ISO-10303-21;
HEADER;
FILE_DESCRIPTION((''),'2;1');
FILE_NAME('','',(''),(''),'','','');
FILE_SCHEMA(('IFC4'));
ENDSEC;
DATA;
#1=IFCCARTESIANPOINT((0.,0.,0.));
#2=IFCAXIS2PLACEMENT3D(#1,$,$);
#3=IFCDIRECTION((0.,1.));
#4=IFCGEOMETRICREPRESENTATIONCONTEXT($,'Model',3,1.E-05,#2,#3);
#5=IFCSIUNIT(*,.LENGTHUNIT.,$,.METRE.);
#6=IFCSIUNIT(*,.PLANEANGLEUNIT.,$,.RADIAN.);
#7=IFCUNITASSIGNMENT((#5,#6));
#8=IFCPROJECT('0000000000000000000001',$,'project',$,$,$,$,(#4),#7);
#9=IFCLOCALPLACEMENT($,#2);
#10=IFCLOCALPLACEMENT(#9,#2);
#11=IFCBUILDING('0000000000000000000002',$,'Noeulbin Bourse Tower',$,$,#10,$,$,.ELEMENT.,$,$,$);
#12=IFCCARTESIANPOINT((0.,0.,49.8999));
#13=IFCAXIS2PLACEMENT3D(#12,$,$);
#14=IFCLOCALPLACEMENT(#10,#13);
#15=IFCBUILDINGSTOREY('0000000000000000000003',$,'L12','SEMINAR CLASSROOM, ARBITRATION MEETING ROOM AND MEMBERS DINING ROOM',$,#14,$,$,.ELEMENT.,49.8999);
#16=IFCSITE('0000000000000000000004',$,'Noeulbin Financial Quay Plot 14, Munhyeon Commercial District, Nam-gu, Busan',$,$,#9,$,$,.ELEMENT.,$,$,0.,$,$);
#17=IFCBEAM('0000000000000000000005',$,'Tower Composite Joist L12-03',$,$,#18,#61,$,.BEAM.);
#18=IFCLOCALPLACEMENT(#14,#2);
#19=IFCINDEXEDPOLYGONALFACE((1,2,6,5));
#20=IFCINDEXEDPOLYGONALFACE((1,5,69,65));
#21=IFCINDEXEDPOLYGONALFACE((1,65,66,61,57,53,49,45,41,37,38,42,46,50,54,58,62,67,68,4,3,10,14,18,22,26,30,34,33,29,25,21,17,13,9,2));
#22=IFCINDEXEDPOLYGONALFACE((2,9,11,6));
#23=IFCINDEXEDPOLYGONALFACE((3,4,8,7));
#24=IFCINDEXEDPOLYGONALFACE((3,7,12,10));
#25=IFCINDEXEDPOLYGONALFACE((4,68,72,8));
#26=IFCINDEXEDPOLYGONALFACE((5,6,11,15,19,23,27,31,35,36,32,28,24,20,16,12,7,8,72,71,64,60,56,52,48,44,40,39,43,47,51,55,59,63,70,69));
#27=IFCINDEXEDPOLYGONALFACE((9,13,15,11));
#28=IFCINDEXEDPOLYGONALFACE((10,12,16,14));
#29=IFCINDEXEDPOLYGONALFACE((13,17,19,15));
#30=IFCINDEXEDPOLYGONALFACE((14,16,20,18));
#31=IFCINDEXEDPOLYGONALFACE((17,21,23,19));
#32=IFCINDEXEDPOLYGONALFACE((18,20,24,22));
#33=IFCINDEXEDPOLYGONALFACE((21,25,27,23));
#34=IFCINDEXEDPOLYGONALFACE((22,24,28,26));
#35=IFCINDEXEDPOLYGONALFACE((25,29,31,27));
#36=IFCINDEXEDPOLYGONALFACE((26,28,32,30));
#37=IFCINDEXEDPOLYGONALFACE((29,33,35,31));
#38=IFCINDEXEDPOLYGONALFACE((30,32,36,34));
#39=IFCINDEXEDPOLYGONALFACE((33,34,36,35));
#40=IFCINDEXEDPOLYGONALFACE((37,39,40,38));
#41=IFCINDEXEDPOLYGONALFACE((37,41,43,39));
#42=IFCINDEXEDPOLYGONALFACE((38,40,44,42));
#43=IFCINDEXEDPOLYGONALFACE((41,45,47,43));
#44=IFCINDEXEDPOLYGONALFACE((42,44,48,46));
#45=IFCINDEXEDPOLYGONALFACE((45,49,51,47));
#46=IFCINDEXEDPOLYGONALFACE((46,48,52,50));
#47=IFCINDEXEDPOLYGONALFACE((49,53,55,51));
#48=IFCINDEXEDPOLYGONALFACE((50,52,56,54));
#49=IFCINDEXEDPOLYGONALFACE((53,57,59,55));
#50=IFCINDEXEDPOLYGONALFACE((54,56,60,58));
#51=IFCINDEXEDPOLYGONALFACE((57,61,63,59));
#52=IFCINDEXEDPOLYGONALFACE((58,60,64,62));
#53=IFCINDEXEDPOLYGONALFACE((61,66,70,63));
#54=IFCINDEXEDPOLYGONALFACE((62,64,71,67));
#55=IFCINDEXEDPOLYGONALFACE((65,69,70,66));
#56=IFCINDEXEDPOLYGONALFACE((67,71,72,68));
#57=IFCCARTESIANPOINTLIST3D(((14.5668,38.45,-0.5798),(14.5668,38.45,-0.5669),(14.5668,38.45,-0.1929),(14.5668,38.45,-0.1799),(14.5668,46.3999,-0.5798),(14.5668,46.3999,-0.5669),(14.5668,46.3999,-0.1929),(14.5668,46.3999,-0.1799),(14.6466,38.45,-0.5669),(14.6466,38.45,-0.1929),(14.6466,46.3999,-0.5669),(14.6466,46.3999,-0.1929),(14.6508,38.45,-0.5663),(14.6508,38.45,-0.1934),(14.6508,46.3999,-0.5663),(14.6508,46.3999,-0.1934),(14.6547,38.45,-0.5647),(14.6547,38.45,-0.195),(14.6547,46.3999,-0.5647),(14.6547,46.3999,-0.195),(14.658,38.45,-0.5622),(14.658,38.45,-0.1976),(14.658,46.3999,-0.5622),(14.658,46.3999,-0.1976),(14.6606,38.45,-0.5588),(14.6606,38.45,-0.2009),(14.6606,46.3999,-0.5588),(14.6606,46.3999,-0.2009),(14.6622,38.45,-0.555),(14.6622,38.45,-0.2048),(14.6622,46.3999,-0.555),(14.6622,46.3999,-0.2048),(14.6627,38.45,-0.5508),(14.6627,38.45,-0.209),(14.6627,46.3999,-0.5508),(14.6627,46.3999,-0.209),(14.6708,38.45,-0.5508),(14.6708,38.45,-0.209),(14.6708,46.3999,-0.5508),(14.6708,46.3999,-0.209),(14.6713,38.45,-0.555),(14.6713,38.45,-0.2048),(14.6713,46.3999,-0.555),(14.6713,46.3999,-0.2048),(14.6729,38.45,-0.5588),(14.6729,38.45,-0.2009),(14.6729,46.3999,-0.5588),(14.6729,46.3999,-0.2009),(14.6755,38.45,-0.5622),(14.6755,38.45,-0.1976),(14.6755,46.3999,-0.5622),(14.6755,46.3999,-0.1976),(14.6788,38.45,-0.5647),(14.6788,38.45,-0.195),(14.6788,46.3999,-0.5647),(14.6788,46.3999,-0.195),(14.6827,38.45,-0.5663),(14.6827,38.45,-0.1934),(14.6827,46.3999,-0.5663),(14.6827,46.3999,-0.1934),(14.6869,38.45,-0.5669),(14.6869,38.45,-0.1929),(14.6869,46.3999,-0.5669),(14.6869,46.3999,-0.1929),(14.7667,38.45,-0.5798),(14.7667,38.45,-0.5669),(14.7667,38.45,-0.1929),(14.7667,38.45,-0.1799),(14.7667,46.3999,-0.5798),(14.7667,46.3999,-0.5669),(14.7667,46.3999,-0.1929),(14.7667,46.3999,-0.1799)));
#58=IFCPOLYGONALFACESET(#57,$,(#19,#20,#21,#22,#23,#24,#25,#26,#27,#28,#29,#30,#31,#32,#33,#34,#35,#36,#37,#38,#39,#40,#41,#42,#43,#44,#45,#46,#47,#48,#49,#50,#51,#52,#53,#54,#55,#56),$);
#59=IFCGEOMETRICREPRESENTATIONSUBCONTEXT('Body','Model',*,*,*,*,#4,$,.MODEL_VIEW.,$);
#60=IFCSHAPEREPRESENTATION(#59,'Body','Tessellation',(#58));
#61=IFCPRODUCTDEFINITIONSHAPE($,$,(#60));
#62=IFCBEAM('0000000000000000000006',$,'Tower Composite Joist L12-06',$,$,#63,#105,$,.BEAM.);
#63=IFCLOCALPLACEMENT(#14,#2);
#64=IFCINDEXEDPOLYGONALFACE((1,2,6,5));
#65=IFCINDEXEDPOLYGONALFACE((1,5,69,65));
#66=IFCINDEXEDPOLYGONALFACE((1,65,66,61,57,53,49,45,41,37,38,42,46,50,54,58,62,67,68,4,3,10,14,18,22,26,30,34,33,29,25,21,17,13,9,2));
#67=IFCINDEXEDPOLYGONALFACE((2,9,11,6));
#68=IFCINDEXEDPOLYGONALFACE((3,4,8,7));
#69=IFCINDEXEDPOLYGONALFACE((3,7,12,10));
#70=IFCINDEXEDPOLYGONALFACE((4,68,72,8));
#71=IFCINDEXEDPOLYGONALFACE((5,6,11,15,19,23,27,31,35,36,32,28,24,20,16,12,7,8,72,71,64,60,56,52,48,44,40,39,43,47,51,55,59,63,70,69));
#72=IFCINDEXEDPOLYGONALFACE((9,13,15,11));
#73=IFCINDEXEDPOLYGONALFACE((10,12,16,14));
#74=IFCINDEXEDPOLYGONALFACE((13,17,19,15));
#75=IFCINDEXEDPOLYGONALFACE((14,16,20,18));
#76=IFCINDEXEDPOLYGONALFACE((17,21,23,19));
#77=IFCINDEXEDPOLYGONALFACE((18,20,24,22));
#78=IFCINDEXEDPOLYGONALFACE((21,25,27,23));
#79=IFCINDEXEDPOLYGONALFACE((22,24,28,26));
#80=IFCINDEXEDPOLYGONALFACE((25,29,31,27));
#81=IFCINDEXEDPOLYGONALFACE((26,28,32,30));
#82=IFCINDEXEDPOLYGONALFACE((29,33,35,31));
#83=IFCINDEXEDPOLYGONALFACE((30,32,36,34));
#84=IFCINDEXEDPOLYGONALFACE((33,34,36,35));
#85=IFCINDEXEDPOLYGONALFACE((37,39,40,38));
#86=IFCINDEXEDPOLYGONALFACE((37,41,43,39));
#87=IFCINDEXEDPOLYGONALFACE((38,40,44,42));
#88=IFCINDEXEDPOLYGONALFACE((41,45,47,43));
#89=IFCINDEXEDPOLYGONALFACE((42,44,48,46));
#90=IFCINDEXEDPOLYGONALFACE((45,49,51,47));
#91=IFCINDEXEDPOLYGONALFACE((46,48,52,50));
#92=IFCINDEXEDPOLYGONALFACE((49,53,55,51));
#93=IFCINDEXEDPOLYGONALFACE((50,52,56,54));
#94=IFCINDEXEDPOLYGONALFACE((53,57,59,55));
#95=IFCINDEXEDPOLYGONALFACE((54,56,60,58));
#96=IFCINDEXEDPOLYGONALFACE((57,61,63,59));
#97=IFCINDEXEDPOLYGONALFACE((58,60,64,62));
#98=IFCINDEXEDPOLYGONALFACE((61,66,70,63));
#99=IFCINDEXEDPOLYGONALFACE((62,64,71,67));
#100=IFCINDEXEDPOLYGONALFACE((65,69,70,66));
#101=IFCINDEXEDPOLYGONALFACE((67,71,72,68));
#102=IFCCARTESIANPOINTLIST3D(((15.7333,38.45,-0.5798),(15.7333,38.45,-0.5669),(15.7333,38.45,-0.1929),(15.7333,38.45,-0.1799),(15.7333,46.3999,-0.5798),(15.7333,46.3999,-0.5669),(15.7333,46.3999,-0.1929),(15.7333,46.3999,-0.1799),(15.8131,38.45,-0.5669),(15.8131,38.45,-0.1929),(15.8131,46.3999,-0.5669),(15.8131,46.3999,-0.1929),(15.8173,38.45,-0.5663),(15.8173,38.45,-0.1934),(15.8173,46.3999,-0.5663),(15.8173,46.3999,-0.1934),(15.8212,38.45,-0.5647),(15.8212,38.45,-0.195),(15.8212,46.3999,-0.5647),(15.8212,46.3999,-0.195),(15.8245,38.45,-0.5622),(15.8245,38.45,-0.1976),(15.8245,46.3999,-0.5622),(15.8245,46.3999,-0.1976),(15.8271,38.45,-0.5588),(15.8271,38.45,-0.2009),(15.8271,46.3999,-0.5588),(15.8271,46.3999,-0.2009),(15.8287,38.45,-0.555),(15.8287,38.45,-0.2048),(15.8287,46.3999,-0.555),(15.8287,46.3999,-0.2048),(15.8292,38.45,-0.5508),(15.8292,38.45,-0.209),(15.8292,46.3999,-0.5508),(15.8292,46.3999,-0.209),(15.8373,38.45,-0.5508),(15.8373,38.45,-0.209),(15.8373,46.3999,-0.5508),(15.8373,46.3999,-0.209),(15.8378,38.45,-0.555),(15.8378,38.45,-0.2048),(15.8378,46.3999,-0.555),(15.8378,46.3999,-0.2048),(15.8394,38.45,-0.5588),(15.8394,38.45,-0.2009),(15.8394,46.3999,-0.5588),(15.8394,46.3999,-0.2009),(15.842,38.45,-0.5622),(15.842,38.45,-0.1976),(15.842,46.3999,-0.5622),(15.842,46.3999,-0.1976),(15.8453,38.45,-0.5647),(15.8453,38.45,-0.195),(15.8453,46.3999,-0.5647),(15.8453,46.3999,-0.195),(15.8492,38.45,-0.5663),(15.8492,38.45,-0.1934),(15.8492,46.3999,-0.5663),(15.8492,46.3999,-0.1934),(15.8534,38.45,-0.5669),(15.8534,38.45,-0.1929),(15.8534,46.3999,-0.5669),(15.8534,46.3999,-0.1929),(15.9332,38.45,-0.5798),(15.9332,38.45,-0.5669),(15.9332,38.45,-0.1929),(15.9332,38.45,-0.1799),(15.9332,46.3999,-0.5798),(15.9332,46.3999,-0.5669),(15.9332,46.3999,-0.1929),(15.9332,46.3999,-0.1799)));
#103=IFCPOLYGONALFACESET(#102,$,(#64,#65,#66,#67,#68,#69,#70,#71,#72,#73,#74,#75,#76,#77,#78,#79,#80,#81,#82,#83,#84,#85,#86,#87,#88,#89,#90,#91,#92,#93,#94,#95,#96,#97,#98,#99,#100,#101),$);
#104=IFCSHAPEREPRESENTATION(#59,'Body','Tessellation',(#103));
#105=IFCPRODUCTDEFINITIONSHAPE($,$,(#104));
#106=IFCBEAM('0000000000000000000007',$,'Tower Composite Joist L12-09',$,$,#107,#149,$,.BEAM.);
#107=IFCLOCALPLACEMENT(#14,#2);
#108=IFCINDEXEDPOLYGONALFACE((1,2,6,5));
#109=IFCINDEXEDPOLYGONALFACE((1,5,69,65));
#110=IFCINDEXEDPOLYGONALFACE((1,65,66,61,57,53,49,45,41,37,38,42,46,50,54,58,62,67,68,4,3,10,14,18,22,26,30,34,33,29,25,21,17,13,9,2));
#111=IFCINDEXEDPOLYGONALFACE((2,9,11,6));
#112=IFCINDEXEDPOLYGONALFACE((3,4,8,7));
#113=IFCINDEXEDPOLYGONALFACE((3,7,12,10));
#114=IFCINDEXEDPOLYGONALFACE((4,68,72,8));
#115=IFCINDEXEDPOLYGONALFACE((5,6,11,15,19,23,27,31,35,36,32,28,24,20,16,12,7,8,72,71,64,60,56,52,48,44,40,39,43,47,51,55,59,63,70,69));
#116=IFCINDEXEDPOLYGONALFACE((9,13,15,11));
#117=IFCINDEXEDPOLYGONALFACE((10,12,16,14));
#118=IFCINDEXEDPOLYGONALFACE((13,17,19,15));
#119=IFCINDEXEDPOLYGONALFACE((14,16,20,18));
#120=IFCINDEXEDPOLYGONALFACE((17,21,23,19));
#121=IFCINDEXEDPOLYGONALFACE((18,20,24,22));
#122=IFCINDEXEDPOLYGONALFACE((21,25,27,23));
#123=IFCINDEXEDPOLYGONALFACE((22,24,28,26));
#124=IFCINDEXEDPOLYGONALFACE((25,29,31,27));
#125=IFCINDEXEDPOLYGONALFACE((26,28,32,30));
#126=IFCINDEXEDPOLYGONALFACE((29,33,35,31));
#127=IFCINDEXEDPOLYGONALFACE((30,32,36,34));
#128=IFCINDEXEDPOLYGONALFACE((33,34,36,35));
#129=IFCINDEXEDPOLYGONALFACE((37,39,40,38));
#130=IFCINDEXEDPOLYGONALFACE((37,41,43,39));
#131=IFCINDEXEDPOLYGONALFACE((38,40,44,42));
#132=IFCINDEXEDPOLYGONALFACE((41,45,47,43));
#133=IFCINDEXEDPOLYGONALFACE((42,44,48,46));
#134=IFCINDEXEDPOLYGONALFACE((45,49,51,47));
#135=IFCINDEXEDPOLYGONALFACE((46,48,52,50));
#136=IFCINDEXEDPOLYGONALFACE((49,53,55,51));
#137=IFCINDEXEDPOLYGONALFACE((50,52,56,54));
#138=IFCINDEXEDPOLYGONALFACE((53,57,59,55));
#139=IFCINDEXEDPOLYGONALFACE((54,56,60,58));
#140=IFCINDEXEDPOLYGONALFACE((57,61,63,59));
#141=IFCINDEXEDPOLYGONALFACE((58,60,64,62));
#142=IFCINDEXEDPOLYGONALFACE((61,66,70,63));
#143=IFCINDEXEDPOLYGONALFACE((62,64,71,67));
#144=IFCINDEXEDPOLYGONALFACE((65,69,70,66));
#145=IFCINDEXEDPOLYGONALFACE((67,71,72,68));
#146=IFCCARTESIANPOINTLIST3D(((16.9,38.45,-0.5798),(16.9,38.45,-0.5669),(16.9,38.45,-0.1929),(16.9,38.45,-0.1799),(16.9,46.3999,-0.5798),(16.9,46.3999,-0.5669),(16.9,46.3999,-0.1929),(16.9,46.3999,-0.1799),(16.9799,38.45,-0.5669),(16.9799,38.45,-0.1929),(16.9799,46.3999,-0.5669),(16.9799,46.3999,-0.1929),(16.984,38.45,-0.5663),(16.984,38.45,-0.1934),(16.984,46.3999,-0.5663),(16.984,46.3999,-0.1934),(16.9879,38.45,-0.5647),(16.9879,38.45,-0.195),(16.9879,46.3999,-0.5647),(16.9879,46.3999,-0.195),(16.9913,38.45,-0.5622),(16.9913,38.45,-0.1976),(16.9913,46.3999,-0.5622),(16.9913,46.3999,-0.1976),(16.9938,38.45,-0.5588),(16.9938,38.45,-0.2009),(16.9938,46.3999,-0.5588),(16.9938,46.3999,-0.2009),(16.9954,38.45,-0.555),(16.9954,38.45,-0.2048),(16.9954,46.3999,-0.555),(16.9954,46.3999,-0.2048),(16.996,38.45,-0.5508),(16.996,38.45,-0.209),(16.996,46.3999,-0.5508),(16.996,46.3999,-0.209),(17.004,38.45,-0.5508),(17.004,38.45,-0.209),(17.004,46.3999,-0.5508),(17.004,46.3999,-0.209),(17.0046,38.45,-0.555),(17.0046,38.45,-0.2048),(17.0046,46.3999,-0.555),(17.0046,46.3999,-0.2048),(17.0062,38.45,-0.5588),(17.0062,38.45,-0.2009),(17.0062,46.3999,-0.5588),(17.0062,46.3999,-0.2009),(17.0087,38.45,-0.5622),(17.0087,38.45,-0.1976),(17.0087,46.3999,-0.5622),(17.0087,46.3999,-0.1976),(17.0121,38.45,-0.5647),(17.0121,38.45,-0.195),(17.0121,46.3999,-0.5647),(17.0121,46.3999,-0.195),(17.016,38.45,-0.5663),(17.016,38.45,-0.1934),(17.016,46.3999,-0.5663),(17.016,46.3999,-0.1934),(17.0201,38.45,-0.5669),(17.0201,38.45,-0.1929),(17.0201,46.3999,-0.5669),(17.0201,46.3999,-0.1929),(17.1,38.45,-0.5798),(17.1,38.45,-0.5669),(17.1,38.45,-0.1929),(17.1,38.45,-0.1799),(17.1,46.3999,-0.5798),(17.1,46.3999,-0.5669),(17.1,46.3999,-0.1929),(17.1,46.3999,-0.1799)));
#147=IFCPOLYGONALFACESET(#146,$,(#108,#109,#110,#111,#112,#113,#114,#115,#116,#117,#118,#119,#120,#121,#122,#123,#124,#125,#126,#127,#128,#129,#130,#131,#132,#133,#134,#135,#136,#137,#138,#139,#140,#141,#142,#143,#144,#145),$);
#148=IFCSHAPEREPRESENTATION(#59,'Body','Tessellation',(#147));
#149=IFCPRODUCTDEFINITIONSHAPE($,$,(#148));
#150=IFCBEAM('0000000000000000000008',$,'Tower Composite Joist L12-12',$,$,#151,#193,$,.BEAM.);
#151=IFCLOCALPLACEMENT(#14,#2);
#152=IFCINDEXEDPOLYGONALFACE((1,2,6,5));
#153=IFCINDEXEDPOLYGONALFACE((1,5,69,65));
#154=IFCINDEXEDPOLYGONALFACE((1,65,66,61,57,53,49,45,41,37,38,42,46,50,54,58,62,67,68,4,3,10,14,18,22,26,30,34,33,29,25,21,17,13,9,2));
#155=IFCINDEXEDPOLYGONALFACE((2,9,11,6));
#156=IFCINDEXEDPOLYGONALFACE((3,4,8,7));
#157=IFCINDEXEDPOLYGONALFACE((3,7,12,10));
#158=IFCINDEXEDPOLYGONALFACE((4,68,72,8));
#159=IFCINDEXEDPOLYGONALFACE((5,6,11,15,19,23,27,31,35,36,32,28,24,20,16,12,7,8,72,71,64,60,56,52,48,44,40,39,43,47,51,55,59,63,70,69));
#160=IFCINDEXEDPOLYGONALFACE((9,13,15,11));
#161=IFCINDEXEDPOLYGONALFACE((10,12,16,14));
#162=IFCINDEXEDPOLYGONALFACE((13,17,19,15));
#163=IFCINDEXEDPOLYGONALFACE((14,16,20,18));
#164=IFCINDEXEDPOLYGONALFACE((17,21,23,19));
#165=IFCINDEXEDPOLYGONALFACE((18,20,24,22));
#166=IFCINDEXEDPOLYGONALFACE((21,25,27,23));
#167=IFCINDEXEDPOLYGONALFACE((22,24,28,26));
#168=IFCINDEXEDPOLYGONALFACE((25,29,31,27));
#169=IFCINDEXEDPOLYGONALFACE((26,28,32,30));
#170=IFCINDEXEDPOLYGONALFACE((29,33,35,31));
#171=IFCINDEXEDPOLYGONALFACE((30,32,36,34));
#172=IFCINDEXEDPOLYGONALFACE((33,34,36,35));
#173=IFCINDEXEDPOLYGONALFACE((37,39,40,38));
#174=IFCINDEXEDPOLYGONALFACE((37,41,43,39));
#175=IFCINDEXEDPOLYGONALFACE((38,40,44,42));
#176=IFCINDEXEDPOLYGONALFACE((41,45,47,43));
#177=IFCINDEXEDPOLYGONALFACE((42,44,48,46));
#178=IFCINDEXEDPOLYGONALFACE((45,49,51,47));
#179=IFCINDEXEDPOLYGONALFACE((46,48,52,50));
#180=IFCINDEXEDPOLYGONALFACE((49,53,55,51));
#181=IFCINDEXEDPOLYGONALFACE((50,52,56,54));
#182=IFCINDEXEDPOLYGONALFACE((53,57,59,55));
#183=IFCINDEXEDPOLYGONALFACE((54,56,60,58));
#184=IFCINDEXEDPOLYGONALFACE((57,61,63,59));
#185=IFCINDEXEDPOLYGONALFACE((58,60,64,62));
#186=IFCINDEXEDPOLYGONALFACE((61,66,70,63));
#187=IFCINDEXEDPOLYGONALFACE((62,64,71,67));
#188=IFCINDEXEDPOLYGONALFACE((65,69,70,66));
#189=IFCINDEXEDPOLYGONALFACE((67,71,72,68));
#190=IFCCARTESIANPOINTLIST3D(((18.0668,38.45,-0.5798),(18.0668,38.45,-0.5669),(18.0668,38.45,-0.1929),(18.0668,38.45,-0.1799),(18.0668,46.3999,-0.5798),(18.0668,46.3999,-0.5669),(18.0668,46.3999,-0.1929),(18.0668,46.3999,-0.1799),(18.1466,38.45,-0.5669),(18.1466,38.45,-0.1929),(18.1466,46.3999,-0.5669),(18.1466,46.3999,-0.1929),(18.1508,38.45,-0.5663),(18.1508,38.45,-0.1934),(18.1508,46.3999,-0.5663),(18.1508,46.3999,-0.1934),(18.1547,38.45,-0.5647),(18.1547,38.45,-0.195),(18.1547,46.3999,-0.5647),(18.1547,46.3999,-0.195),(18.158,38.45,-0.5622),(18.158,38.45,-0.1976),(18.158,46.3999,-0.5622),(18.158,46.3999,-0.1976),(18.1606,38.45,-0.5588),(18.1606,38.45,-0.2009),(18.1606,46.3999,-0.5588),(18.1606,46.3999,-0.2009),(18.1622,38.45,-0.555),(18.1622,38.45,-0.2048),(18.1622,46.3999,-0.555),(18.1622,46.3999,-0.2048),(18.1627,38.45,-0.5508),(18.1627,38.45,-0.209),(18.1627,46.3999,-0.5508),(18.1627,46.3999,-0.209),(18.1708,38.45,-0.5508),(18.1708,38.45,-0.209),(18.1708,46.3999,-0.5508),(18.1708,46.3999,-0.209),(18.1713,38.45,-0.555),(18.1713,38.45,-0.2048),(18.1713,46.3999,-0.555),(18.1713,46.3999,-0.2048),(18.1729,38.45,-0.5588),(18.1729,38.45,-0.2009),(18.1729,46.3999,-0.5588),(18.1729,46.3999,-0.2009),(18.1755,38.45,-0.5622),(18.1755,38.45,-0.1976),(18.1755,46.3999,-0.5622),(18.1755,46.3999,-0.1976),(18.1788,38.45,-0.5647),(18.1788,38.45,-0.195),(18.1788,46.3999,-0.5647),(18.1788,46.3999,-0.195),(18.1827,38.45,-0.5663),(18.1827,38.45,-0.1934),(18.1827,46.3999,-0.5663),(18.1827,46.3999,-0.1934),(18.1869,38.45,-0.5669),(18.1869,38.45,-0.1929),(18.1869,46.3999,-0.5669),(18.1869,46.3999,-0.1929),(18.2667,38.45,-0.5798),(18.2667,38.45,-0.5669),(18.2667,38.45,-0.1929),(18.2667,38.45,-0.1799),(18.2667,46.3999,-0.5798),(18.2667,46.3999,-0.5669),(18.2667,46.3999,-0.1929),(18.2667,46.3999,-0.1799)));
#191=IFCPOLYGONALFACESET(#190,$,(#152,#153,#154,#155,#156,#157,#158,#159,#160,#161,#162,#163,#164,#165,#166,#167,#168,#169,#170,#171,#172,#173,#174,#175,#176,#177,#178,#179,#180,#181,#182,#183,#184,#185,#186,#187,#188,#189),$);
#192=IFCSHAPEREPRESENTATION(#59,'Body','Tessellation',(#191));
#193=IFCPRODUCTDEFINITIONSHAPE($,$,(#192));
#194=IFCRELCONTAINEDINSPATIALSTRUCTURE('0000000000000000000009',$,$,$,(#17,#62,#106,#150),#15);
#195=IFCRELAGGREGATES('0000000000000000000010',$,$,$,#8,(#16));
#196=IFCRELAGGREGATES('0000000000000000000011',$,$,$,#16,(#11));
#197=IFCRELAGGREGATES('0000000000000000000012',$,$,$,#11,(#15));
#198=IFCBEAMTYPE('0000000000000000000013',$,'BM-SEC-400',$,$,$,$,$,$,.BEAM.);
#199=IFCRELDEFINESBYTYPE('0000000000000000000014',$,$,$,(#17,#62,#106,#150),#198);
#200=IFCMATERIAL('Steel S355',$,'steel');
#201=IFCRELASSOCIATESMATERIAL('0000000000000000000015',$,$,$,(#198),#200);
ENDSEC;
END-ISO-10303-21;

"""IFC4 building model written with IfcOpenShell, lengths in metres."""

from ifc_helpers import new_model, si_unit, direction, frame, origin, origin_2d, place, context, subcontext, project, spatial, i_section, extrude, material, material_profile, profile_set, type_object, element, save


model = new_model("IFC4")

# Units and contexts
model_context = context("Model", 3, precision=1e-05, world=origin(), true_north=direction((0.0, 1.0)))
body_context = subcontext(model_context, "Body", "Model", "MODEL_VIEW")
ifc_project = project(units=[si_unit("LENGTHUNIT", "METRE"), si_unit("PLANEANGLEUNIT", "RADIAN")], contexts=[model_context])

# Site, building, storey
site_placement = place(None, origin())
site = spatial("IfcSite", under=ifc_project, at=site_placement, Name="Noeulbin Financial Quay Plot 14, Munhyeon Commercial District, Nam-gu, Busan", CompositionType="ELEMENT", RefElevation=0.0)
building_placement = place(site_placement, origin())
building = spatial("IfcBuilding", under=site, at=building_placement, Name="Noeulbin Bourse Tower", CompositionType="ELEMENT")
storey_placement = place(building_placement, frame((0.0, 0.0, 49.8999)))
storey = spatial("IfcBuildingStorey", under=building, at=storey_placement, Name="L12", Description="SEMINAR CLASSROOM, ARBITRATION MEETING ROOM AND MEMBERS DINING ROOM", CompositionType="ELEMENT", Elevation=49.8999)

# Beams
ifc_material_1 = material(Name="Steel S355", Category="steel")
ifc_material_profile_1 = material_profile(ifc_material_1, i_section(OverallWidth=0.2, OverallDepth=0.3999, WebThickness=0.0081, FlangeThickness=0.0129, FilletRadius=0.0161, at=origin_2d()), Name="H-400x200x8x13", Category="LoadBearing")
ifc_profile_set_1 = profile_set([ifc_material_profile_1], Name="Steel S355")
beam_type_1 = type_object("IfcBeamType", Name="BM-SEC-400", PredefinedType="BEAM", material=ifc_profile_set_1)
for number, where, z_axis, x_axis, name in (
    (1, (14.6667, 38.45, -0.3799), (0.0, 1.0, 0.0), (-1.0, 0.0, 0.0), "Tower Composite Joist L12-03"),
    (2, (15.8333, 38.45, -0.3799), (0.0, 1.0, 0.0), (-1.0, 0.0, 0.0), "Tower Composite Joist L12-06"),
    (3, (17.0, 38.45, -0.3799), (0.0, 1.0, 0.0), (-1.0, 0.0, 0.0), "Tower Composite Joist L12-09"),
    (4, (18.1667, 38.45, -0.3799), (0.0, 1.0, 0.0), (-1.0, 0.0, 0.0), "Tower Composite Joist L12-12"),
):
    element("IfcBeam", number, at=place(storey_placement, frame(where, z_axis=z_axis, x_axis=x_axis)), inside=storey, type_object=beam_type_1, Name=name, PredefinedType="BEAM", context=body_context, shape_type="SweptSolid", body=[
        extrude(i_section(OverallWidth=0.2, OverallDepth=0.3999, WebThickness=0.0081, FlangeThickness=0.0129, FilletRadius=0.0161, at=origin_2d()), origin(), (0.0, 0.0, 1.0), 7.95),
    ])

save(model, "model.ifc")
